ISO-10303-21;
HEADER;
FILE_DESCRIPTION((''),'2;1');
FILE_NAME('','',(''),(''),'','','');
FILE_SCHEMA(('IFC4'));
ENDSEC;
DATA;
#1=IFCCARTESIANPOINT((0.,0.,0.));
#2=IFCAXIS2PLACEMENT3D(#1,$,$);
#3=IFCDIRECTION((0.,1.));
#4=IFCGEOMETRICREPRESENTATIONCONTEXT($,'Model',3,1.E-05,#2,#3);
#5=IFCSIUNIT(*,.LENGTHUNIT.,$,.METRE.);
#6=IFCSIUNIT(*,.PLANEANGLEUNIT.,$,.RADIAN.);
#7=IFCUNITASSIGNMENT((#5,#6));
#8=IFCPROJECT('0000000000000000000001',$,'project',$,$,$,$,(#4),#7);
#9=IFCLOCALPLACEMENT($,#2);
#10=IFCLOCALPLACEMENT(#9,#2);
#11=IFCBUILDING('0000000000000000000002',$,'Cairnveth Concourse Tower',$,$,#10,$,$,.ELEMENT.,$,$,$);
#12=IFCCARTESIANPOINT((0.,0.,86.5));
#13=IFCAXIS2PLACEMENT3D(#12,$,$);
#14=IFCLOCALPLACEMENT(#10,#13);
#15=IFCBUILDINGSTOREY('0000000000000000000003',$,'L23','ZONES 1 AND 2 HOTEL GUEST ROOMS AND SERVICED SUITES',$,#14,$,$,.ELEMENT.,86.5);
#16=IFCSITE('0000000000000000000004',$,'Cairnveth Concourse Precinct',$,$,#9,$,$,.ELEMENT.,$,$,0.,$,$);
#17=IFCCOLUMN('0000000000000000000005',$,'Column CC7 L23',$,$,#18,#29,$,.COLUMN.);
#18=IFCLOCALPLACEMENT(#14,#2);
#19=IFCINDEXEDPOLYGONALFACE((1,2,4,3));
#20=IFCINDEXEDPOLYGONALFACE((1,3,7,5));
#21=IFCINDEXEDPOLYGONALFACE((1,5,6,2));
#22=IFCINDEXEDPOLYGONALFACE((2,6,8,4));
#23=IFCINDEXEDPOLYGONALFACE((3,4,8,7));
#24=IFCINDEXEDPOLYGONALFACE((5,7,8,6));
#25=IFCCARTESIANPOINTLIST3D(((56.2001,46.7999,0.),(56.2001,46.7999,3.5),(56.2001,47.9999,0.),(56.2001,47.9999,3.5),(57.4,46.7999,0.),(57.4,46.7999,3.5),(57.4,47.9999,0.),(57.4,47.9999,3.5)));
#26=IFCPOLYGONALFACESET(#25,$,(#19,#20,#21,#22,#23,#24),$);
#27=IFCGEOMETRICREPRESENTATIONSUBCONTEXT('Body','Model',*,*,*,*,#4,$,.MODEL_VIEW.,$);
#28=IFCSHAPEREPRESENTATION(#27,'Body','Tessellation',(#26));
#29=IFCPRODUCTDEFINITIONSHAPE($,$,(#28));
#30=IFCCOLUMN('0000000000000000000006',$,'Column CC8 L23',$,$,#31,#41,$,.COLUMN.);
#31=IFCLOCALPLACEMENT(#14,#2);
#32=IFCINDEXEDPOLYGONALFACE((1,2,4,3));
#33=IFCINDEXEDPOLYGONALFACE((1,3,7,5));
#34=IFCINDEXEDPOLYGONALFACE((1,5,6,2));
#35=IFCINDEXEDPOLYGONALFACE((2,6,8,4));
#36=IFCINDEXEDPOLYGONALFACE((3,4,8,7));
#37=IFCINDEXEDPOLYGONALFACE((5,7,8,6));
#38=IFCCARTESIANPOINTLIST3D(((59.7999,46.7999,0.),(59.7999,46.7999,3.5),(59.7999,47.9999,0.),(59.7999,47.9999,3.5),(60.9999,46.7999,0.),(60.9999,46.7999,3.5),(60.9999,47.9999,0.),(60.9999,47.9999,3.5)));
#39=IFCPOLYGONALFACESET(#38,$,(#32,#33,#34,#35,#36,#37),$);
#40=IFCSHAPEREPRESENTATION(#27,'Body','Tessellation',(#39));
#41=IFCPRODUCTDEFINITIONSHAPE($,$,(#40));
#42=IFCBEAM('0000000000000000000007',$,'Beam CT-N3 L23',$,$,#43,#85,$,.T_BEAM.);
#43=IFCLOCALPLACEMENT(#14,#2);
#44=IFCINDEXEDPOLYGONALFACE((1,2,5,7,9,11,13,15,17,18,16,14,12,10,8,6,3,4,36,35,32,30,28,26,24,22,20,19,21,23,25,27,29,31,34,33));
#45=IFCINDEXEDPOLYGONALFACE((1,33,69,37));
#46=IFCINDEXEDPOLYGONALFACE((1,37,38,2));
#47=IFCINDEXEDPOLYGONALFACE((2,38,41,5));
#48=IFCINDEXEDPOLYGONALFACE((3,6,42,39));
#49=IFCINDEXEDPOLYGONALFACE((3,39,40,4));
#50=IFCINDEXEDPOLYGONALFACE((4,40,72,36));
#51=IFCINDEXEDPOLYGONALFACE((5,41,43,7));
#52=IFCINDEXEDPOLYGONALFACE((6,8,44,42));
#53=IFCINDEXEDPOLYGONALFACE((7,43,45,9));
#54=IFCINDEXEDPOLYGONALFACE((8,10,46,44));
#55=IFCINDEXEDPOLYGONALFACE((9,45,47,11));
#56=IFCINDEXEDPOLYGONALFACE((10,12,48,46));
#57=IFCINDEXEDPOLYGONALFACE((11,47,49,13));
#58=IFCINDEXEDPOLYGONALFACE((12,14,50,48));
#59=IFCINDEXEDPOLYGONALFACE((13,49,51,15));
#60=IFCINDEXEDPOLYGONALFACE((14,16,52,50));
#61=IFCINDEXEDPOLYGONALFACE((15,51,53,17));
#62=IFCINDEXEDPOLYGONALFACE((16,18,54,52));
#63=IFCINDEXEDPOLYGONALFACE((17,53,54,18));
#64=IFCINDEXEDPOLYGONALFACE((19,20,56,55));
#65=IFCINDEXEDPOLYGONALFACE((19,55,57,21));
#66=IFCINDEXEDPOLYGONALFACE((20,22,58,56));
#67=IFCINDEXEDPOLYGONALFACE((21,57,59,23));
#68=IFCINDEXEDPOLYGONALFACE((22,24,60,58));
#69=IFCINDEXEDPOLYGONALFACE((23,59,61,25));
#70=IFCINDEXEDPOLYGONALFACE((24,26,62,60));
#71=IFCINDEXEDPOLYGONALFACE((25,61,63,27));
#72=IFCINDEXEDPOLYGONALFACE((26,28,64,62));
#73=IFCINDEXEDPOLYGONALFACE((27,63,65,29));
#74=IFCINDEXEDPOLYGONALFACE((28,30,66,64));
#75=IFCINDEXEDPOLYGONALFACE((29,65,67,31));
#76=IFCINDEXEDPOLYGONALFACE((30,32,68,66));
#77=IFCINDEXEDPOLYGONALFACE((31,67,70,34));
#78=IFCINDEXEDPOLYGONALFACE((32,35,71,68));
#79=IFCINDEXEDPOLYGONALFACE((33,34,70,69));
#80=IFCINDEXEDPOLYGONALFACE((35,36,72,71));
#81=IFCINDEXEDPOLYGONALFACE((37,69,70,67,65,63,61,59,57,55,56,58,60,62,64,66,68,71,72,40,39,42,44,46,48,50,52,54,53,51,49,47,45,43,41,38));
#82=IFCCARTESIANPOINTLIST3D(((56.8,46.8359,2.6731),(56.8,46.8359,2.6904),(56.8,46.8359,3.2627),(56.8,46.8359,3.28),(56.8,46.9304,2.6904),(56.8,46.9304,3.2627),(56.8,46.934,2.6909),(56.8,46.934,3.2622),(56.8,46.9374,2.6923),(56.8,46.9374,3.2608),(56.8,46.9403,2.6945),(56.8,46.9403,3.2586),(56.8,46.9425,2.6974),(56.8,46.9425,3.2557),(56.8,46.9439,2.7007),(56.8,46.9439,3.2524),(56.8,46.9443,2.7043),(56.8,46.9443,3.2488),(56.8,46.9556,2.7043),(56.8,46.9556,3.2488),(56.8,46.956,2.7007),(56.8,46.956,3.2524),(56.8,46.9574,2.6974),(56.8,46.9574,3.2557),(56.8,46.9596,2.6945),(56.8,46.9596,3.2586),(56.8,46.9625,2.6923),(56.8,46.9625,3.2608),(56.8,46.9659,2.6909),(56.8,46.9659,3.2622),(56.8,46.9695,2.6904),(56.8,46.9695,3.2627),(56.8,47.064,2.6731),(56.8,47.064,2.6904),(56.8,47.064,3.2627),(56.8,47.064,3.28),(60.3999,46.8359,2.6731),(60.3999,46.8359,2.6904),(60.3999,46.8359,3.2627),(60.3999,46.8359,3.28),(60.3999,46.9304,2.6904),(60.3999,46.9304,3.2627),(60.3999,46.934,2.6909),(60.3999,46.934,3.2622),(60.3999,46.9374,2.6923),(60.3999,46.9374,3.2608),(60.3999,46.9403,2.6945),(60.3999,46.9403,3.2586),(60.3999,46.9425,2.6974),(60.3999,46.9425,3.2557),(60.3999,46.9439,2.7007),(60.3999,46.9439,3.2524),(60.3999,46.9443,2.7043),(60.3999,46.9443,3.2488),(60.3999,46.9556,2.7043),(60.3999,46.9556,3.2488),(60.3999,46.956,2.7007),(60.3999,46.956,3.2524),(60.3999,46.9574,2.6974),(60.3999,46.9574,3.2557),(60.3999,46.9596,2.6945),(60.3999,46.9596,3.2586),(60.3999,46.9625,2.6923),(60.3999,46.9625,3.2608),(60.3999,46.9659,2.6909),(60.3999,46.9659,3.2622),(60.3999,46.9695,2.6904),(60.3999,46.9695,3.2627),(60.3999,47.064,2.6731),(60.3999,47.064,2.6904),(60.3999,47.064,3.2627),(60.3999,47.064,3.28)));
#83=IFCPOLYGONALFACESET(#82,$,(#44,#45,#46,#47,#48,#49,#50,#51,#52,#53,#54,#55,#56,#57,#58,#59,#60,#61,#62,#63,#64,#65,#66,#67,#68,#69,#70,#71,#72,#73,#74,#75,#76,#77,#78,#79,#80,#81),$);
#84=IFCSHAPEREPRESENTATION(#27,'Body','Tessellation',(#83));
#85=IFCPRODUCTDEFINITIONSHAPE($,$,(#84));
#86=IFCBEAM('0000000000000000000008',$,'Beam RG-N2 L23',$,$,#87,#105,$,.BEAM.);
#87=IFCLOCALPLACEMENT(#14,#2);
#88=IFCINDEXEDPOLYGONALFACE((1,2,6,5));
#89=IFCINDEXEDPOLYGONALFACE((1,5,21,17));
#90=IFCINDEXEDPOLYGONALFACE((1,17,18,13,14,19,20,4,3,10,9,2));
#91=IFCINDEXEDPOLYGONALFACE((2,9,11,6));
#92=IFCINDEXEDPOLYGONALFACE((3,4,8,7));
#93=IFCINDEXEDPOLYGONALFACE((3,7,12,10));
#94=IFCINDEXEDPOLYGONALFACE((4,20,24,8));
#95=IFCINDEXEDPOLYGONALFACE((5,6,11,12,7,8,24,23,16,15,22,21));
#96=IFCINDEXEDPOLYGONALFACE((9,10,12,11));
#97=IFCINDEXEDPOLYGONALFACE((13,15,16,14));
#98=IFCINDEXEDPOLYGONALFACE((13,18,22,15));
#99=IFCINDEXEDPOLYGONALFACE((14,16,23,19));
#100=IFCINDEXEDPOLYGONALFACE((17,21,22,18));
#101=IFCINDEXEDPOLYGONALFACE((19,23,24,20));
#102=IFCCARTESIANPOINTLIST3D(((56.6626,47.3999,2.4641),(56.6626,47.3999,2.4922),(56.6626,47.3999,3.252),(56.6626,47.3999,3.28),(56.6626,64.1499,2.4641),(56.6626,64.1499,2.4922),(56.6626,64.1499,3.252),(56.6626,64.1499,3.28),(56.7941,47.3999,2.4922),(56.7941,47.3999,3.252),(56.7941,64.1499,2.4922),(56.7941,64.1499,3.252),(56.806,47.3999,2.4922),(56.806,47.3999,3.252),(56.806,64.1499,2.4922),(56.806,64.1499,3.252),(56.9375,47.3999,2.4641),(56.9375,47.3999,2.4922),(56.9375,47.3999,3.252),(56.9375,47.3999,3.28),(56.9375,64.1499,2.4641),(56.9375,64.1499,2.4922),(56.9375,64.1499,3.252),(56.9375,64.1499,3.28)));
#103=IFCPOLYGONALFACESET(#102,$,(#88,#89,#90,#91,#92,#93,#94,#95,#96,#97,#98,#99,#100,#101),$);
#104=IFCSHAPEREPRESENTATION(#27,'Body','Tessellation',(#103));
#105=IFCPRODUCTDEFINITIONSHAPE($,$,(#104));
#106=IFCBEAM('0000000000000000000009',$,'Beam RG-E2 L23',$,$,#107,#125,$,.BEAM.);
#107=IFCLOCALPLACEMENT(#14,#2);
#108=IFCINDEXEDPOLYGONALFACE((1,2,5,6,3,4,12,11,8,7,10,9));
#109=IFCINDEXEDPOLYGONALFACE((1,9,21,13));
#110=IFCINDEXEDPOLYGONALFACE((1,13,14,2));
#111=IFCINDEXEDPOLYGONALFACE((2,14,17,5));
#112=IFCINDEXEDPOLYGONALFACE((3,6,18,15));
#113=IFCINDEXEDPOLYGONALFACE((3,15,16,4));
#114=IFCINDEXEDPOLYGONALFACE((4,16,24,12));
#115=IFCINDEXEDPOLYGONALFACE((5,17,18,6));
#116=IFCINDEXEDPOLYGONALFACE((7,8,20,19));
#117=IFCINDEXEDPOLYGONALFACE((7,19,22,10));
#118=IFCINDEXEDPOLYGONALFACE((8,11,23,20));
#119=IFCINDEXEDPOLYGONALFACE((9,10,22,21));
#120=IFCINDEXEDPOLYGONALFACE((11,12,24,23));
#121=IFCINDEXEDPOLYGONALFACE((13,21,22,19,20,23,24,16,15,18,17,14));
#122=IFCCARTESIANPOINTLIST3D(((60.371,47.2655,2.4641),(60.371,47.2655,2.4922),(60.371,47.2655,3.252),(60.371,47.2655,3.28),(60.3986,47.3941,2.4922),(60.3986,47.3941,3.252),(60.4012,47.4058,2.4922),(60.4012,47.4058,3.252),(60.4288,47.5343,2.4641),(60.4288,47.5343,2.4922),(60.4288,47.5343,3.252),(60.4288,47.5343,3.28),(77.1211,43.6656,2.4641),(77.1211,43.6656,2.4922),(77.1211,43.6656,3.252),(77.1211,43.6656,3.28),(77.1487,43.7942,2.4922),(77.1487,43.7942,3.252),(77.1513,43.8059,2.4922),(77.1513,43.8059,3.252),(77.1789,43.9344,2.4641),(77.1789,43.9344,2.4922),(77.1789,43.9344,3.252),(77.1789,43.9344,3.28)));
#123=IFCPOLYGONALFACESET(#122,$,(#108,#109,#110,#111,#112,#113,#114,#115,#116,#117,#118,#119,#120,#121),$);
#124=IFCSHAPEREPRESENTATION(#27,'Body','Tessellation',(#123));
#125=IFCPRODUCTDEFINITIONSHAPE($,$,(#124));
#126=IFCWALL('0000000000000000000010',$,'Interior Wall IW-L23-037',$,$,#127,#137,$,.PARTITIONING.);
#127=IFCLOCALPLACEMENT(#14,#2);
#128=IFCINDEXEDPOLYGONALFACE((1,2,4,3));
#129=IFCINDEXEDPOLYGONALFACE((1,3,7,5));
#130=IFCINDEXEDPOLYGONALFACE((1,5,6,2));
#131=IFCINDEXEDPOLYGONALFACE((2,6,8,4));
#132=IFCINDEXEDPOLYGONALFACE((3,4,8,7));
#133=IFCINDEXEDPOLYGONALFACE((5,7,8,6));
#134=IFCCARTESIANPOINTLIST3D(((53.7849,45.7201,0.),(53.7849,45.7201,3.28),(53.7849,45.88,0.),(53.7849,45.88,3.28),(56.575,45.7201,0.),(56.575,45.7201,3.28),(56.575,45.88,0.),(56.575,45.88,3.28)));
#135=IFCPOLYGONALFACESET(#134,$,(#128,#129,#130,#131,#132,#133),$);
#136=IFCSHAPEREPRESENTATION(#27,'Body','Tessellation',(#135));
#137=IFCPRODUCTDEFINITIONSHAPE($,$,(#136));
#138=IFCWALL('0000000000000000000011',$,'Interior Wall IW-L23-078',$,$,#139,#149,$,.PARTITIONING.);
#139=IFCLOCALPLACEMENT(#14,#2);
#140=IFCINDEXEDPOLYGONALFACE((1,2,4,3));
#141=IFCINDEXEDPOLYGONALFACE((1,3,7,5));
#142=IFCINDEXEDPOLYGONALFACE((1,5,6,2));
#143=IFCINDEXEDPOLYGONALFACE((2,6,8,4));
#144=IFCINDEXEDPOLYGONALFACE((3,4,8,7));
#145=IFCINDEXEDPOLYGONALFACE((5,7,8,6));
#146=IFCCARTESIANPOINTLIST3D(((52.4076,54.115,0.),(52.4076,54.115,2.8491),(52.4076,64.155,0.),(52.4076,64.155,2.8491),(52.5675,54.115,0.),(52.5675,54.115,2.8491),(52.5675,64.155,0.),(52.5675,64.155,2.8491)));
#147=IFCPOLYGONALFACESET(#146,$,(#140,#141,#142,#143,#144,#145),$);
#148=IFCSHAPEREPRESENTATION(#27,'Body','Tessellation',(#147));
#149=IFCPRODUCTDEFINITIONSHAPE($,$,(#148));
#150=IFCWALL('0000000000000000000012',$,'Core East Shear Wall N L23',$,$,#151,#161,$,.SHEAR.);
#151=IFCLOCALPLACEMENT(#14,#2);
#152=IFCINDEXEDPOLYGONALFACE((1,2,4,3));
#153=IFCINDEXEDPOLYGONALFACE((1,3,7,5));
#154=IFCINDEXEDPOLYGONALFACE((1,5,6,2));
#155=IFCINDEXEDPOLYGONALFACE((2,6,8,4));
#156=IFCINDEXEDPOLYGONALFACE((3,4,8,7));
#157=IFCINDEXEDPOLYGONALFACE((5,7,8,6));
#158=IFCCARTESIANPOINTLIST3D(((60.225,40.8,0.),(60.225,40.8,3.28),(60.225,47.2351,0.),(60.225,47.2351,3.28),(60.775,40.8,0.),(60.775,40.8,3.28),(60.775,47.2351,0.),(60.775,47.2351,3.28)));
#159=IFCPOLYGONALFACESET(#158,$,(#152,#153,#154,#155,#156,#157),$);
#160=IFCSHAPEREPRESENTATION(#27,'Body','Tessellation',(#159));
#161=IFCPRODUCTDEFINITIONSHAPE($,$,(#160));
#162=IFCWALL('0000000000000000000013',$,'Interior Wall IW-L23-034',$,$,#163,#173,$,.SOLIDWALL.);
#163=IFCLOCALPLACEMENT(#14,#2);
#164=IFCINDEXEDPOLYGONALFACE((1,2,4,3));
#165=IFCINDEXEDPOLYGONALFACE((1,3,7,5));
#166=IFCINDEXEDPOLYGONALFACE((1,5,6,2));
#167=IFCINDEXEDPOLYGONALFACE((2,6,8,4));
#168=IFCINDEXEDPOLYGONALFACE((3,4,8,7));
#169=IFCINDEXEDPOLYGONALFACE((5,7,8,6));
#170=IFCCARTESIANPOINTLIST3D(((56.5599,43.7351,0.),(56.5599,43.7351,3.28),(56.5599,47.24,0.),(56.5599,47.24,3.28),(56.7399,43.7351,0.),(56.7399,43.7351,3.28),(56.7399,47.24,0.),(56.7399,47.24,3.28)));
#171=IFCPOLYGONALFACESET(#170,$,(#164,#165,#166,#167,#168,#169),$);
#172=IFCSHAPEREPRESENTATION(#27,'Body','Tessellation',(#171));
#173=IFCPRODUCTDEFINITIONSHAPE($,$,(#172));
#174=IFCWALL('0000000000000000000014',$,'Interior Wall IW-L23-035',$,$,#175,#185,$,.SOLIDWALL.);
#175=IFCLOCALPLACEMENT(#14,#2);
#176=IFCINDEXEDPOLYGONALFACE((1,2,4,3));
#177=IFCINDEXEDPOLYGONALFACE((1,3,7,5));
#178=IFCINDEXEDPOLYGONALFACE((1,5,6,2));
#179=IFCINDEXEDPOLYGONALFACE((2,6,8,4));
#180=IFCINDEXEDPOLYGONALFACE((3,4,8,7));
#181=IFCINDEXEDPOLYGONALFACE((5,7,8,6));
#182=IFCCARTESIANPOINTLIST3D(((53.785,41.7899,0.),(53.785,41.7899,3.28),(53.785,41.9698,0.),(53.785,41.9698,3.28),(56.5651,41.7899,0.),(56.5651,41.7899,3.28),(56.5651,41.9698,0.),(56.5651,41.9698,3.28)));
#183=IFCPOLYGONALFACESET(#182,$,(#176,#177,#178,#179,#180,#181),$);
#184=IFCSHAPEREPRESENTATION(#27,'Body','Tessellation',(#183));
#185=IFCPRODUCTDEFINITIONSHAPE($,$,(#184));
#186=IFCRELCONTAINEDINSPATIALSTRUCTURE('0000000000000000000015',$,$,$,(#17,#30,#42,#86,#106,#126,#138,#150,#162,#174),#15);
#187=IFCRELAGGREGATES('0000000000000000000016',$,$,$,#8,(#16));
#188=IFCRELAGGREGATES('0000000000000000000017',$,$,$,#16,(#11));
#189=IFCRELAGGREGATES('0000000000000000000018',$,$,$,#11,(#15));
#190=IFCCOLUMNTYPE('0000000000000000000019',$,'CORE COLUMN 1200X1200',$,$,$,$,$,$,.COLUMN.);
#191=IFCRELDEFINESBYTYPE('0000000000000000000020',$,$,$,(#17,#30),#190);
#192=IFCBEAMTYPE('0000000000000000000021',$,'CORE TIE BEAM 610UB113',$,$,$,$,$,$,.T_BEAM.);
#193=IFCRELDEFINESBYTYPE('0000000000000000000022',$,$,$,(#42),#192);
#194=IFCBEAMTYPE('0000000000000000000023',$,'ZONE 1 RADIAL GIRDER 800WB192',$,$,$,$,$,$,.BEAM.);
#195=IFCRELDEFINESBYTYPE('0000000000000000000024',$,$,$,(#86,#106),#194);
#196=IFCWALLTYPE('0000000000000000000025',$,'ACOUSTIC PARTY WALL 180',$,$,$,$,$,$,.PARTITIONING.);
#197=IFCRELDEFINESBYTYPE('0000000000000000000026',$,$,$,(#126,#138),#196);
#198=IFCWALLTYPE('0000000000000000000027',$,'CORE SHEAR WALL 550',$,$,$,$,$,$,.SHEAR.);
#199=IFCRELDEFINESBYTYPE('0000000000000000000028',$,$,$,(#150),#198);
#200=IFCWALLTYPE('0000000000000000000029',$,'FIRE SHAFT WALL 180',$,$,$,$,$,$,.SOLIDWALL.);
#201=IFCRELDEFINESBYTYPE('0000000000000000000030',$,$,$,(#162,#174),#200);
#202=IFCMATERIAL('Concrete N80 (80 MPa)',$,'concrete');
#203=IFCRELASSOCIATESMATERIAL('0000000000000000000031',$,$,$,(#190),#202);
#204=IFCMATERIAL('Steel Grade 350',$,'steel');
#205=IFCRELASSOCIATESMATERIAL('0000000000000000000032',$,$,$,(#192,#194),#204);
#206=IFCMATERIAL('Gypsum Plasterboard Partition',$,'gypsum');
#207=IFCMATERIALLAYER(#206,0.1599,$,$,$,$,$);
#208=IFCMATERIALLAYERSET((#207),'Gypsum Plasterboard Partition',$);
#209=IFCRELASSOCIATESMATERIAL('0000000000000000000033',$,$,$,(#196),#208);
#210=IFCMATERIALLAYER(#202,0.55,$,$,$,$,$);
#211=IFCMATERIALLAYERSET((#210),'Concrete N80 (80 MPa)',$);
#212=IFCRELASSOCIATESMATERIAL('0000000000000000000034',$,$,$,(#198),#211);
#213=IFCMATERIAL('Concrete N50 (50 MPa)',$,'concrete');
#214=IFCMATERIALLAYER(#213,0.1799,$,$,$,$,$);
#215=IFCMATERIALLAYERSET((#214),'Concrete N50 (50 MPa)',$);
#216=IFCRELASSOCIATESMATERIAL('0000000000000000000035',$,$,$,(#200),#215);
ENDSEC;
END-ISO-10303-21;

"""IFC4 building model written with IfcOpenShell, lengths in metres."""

from ifc_helpers import new_model, si_unit, direction, frame, frame_2d, origin, origin_2d, place, context, subcontext, project, spatial, rectangle, i_section, extrude, material, layer, layer_set, material_profile, profile_set, type_object, element, save


model = new_model("IFC4")

# Units and contexts
model_context = context("Model", 3, precision=1e-05, world=origin(), true_north=direction((0.0, 1.0)))
body_context = subcontext(model_context, "Body", "Model", "MODEL_VIEW")
ifc_project = project(units=[si_unit("LENGTHUNIT", "METRE"), si_unit("PLANEANGLEUNIT", "RADIAN")], contexts=[model_context])

# Site, building, storey
site_placement = place(None, origin())
site = spatial("IfcSite", under=ifc_project, at=site_placement, Name="Cairnveth Concourse Precinct", CompositionType="ELEMENT", RefElevation=0.0)
building_placement = place(site_placement, origin())
building = spatial("IfcBuilding", under=site, at=building_placement, Name="Cairnveth Concourse Tower", CompositionType="ELEMENT")
storey_placement = place(building_placement, frame((0.0, 0.0, 86.5)))
storey = spatial("IfcBuildingStorey", under=building, at=storey_placement, Name="L23", Description="ZONES 1 AND 2 HOTEL GUEST ROOMS AND SERVICED SUITES", CompositionType="ELEMENT", Elevation=86.5)

# Columns
ifc_material_1 = material(Name="Concrete N80 (80 MPa)", Category="concrete")
ifc_material_profile_1 = material_profile(ifc_material_1, rectangle(XDim=1.2, YDim=1.2, at=origin_2d()), Name="RC-COL-1200x1200")
ifc_profile_set_1 = profile_set([ifc_material_profile_1], Name="Concrete N80 (80 MPa)")
column_type = type_object("IfcColumnType", Name="CORE COLUMN 1200X1200", PredefinedType="COLUMN", material=ifc_profile_set_1)
for number, where, z_axis, x_axis, name in (
    (1, (56.8, 47.3999, 0.0), (0.0, 0.0, 1.0), (1.0, 0.0, 0.0), "Column CC7 L23"),
    (2, (60.3999, 47.3999, 0.0), (0.0, 0.0, 1.0), (1.0, 0.0, 0.0), "Column CC8 L23"),
):
    element("IfcColumn", number, at=place(storey_placement, frame(where, z_axis=z_axis, x_axis=x_axis)), inside=storey, type_object=column_type, Name=name, PredefinedType="COLUMN", context=body_context, shape_type="SweptSolid", body=[
        extrude(rectangle(XDim=1.2, YDim=1.2, at=origin_2d()), origin(), (0.0, 0.0, 1.0), 3.5),
    ])

# Beams
ifc_material_2 = material(Name="Steel Grade 350", Category="steel")
ifc_material_profile_2 = material_profile(ifc_material_2, i_section(OverallWidth=0.228, OverallDepth=0.6069, WebThickness=0.0112, FlangeThickness=0.0173, FilletRadius=0.0139, at=origin_2d()), Name="610UB113")
ifc_profile_set_2 = profile_set([ifc_material_profile_2], Name="Steel Grade 350")
beam_type_1 = type_object("IfcBeamType", Name="CORE TIE BEAM 610UB113", PredefinedType="T_BEAM", material=ifc_profile_set_2)
beam_1_placement = place(storey_placement, frame((56.8, 46.95, 2.9766), z_axis=(1.0, 0.0, 0.0), x_axis=(0.0, 1.0, 0.0)))
element("IfcBeam", 3, at=beam_1_placement, inside=storey, type_object=beam_type_1, Name="Beam CT-N3 L23", PredefinedType="T_BEAM", context=body_context, shape_type="SweptSolid", body=[
    extrude(i_section(OverallWidth=0.228, OverallDepth=0.6069, WebThickness=0.0112, FlangeThickness=0.0173, FilletRadius=0.0139, at=origin_2d()), origin(), (0.0, 0.0, 1.0), 3.5999),
])
ifc_material_profile_3 = material_profile(ifc_material_2, i_section(OverallWidth=0.2749, OverallDepth=0.8159, WebThickness=0.012, FlangeThickness=0.0281, at=origin_2d()), Name="800WB192")
ifc_profile_set_3 = profile_set([ifc_material_profile_3], Name="Steel Grade 350")
beam_type_2 = type_object("IfcBeamType", Name="ZONE 1 RADIAL GIRDER 800WB192", PredefinedType="BEAM", material=ifc_profile_set_3)
beam_2_placement = place(storey_placement, frame((56.8, 47.3999, 2.8721), z_axis=(0.0, 1.0, 0.0), x_axis=(-1.0, 0.0, 0.0)))
element("IfcBeam", 4, at=beam_2_placement, inside=storey, type_object=beam_type_2, Name="Beam RG-N2 L23", PredefinedType="BEAM", context=body_context, shape_type="SweptSolid", body=[
    extrude(i_section(OverallWidth=0.2749, OverallDepth=0.8159, WebThickness=0.012, FlangeThickness=0.0281, at=origin_2d()), origin(), (0.0, 0.0, 1.0), 16.75),
])
beam_3_placement = place(storey_placement, frame((60.3999, 47.3999, 2.8721), z_axis=(0.977676, -0.210119, 0.0), x_axis=(0.210119, 0.977676, 0.0)))
element("IfcBeam", 5, at=beam_3_placement, inside=storey, type_object=beam_type_2, Name="Beam RG-E2 L23", PredefinedType="BEAM", context=body_context, shape_type="SweptSolid", body=[
    extrude(i_section(OverallWidth=0.2749, OverallDepth=0.8159, WebThickness=0.012, FlangeThickness=0.0281, at=origin_2d()), origin(), (0.0, 0.0, 1.0), 17.1326),
])

# Walls
ifc_material_3 = material(Name="Gypsum Plasterboard Partition", Category="gypsum")
ifc_layer_1 = layer(ifc_material_3, 0.1599)
ifc_layer_set_1 = layer_set([ifc_layer_1], Name="Gypsum Plasterboard Partition")
wall_type_1 = type_object("IfcWallType", Name="ACOUSTIC PARTY WALL 180", PredefinedType="PARTITIONING", material=ifc_layer_set_1)
wall_1_placement = place(storey_placement, frame((53.7849, 45.8, 0.0), z_axis=(0.0, 0.0, 1.0), x_axis=(1.0, 0.0, 0.0)))
element("IfcWall", 6, at=wall_1_placement, inside=storey, type_object=wall_type_1, Name="Interior Wall IW-L23-037", PredefinedType="PARTITIONING", context=body_context, shape_type="SweptSolid", body=[
    extrude(rectangle(XDim=2.79, YDim=0.1599, at=frame_2d((1.395, 0.0))), origin(), (0.0, 0.0, 1.0), 3.28),
])
wall_2_placement = place(storey_placement, frame((52.4875, 54.115, 0.0), z_axis=(0.0, 0.0, 1.0), x_axis=(0.0, 1.0, 0.0)))
element("IfcWall", 7, at=wall_2_placement, inside=storey, type_object=wall_type_1, Name="Interior Wall IW-L23-078", PredefinedType="PARTITIONING", context=body_context, shape_type="SweptSolid", body=[
    extrude(rectangle(XDim=10.04, YDim=0.1599, at=frame_2d((5.02, 0.0))), origin(), (0.0, 0.0, 1.0), 2.8491),
])
ifc_layer_2 = layer(ifc_material_1, 0.55)
ifc_layer_set_2 = layer_set([ifc_layer_2], Name="Concrete N80 (80 MPa)")
wall_type_2 = type_object("IfcWallType", Name="CORE SHEAR WALL 550", PredefinedType="SHEAR", material=ifc_layer_set_2)
wall_3_placement = place(storey_placement, frame((60.5, 40.8, 0.0), z_axis=(0.0, 0.0, 1.0), x_axis=(0.0, 1.0, 0.0)))
element("IfcWall", 8, at=wall_3_placement, inside=storey, type_object=wall_type_2, Name="Core East Shear Wall N L23", PredefinedType="SHEAR", context=body_context, shape_type="SweptSolid", body=[
    extrude(rectangle(XDim=6.4351, YDim=0.55, at=frame_2d((3.2175, 0.0))), origin(), (0.0, 0.0, 1.0), 3.28),
])
ifc_material_4 = material(Name="Concrete N50 (50 MPa)", Category="concrete")
ifc_layer_3 = layer(ifc_material_4, 0.1799)
ifc_layer_set_3 = layer_set([ifc_layer_3], Name="Concrete N50 (50 MPa)")
wall_type_3 = type_object("IfcWallType", Name="FIRE SHAFT WALL 180", PredefinedType="SOLIDWALL", material=ifc_layer_set_3)
wall_4_placement = place(storey_placement, frame((56.6499, 43.7351, 0.0), z_axis=(0.0, 0.0, 1.0), x_axis=(0.0, 1.0, 0.0)))
element("IfcWall", 9, at=wall_4_placement, inside=storey, type_object=wall_type_3, Name="Interior Wall IW-L23-034", PredefinedType="SOLIDWALL", context=body_context, shape_type="SweptSolid", body=[
    extrude(rectangle(XDim=3.5049, YDim=0.1799, at=frame_2d((1.7524, 0.0))), origin(), (0.0, 0.0, 1.0), 3.28),
])
wall_5_placement = place(storey_placement, frame((53.7849, 41.8799, 0.0), z_axis=(0.0, 0.0, 1.0), x_axis=(1.0, 0.0, 0.0)))
element("IfcWall", 10, at=wall_5_placement, inside=storey, type_object=wall_type_3, Name="Interior Wall IW-L23-035", PredefinedType="SOLIDWALL", context=body_context, shape_type="SweptSolid", body=[
    extrude(rectangle(XDim=2.78, YDim=0.1799, at=frame_2d((1.3901, 0.0))), origin(), (0.0, 0.0, 1.0), 3.28),
])

save(model, "model.ifc")
